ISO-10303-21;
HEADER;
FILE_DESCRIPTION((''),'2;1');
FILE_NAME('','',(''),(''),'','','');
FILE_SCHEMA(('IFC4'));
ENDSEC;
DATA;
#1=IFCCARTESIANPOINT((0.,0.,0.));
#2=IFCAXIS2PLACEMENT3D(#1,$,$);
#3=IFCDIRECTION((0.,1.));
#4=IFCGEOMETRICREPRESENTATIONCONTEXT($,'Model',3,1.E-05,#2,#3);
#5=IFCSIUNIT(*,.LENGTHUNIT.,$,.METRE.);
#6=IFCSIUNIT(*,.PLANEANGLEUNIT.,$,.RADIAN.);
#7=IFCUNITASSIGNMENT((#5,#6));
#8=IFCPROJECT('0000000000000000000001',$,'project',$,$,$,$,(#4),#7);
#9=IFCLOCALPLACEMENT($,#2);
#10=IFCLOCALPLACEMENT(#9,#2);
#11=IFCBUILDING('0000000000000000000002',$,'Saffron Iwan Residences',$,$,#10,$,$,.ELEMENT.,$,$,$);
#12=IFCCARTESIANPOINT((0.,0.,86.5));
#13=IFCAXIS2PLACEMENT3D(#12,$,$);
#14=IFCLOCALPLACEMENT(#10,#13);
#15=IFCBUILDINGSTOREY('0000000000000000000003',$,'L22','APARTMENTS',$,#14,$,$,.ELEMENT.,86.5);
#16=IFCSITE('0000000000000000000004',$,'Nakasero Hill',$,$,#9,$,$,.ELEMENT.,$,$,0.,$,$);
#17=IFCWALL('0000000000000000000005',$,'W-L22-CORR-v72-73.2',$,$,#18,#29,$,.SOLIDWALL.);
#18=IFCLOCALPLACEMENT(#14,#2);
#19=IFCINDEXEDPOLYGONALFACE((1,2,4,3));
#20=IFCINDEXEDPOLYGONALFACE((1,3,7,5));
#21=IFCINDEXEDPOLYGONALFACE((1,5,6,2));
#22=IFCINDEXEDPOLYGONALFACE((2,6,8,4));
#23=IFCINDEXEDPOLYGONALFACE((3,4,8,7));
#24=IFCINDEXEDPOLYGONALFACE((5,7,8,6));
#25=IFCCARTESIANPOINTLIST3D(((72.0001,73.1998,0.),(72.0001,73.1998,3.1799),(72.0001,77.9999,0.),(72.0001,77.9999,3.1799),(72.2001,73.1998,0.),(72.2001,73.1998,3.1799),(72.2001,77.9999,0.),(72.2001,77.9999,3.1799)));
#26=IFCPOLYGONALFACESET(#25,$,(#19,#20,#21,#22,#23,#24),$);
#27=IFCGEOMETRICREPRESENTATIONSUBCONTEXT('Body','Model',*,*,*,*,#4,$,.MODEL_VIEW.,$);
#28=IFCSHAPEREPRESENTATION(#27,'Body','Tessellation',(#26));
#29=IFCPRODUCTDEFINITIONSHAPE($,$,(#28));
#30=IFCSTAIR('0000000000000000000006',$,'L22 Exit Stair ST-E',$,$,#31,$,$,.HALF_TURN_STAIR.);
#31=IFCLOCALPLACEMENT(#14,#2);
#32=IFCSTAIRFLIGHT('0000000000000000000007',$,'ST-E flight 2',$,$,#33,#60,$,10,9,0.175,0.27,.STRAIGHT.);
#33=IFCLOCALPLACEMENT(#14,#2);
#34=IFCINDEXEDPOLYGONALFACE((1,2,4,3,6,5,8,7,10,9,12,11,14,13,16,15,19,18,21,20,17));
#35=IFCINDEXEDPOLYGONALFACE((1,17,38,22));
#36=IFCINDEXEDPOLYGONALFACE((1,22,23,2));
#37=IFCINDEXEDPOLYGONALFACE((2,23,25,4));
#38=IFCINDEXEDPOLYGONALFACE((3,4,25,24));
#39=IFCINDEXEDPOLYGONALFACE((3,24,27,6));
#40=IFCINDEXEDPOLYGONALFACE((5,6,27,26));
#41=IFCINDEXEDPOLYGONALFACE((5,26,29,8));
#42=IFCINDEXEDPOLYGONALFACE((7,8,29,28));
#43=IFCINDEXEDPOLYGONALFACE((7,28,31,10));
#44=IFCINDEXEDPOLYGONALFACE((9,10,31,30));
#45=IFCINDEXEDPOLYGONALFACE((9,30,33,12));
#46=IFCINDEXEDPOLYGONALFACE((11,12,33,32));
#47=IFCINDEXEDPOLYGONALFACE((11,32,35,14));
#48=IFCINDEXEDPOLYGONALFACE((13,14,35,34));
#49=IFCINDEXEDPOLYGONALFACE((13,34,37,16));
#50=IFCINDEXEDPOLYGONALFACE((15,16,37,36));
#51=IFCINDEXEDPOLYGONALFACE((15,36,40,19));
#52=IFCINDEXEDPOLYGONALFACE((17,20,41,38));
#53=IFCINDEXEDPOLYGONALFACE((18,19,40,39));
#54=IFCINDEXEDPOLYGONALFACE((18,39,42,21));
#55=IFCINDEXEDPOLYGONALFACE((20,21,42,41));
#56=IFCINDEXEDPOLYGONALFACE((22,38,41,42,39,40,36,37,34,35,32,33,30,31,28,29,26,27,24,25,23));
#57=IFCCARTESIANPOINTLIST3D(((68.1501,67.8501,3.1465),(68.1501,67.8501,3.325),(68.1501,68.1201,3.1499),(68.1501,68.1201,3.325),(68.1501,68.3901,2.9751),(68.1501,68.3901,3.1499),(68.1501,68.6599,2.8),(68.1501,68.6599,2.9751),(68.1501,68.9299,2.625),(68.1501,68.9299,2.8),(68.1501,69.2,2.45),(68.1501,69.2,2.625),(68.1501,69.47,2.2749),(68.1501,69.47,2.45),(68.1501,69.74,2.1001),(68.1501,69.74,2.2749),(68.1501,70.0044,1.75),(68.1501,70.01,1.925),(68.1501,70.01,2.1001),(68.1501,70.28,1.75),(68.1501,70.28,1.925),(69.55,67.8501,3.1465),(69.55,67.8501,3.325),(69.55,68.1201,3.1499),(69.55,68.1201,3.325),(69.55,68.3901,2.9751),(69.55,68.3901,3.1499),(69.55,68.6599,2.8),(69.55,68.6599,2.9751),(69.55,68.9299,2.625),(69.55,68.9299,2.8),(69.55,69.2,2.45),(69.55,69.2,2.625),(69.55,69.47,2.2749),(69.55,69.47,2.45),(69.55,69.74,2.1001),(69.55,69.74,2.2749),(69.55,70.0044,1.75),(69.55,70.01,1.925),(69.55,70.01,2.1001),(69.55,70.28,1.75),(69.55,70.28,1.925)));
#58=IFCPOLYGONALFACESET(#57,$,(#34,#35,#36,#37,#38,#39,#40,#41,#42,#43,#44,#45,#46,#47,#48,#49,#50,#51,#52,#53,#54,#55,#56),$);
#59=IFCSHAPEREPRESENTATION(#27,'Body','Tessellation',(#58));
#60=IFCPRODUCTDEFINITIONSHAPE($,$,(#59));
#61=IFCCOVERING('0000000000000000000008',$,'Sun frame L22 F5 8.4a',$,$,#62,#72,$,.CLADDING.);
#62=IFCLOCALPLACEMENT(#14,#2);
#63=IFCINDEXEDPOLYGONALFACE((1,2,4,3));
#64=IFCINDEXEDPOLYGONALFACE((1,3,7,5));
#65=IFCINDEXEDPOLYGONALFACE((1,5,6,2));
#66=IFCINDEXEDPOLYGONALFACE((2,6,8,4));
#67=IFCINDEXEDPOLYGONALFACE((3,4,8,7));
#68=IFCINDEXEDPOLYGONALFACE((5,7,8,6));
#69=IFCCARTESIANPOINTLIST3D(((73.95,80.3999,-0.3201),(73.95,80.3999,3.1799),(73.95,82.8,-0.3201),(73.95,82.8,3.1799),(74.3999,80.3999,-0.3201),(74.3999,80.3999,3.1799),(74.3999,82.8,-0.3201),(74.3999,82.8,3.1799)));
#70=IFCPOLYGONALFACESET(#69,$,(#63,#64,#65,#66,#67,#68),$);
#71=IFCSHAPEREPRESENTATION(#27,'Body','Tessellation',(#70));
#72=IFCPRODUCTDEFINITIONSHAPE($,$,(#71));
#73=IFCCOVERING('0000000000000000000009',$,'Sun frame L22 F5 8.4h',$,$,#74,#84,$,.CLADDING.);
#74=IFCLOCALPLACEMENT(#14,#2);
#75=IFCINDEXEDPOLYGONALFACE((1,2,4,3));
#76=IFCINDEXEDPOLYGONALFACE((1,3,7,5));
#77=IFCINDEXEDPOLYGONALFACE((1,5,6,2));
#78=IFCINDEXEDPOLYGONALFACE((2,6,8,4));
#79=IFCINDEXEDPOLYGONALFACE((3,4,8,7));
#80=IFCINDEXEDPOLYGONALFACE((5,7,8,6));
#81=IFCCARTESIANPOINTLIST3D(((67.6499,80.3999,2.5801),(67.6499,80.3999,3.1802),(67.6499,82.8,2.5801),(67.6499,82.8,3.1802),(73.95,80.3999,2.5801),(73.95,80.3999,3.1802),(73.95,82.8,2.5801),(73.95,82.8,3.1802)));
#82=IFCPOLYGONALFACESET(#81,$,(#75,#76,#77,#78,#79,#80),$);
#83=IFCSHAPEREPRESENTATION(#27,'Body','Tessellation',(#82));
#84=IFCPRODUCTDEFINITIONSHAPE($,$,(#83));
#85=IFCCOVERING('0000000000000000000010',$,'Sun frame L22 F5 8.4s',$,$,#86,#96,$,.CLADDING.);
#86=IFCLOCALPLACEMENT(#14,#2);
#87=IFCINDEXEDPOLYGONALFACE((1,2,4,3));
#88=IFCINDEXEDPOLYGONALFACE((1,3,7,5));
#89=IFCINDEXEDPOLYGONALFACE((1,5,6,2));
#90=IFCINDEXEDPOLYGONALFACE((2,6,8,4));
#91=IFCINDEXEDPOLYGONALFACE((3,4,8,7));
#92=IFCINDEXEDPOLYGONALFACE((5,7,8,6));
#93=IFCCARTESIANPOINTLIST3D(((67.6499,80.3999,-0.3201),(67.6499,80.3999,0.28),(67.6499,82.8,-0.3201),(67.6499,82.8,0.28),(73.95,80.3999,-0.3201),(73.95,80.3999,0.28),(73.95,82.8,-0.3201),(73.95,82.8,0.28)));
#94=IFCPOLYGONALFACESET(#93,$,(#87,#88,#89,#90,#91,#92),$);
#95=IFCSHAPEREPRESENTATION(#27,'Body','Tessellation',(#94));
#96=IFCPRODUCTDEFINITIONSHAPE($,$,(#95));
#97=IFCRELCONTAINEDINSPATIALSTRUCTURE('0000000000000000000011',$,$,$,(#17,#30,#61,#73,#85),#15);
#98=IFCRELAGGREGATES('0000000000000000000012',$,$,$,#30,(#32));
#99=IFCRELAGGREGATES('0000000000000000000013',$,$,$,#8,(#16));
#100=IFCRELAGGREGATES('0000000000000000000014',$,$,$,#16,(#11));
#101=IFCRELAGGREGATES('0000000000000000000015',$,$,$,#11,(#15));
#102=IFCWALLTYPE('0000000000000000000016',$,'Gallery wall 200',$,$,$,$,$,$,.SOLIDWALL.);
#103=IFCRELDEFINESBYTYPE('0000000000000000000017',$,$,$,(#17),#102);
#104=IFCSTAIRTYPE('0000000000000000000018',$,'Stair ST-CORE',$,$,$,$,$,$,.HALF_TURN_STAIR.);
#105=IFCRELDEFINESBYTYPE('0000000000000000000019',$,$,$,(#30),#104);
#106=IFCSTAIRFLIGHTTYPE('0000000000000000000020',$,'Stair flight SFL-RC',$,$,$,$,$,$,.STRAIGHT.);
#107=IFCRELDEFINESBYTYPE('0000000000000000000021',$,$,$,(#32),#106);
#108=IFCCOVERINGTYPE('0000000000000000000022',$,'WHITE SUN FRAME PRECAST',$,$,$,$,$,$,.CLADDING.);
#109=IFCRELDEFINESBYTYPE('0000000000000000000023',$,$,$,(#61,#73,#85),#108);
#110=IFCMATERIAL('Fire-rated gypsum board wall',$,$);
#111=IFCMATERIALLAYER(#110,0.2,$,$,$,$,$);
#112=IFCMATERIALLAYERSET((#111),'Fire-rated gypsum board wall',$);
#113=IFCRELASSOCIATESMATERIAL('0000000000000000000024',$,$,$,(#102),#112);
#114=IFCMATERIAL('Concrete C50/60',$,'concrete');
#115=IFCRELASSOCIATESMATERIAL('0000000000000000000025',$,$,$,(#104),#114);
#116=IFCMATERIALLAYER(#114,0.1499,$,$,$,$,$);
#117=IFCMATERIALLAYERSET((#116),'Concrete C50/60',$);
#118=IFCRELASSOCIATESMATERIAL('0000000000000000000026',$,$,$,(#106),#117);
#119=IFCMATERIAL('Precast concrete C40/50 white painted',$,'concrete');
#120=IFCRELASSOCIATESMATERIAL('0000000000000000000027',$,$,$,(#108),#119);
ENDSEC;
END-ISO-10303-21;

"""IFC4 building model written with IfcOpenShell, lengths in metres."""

from ifc_helpers import new_model, si_unit, direction, frame, frame_2d, origin, place, context, subcontext, project, spatial, polyline, rectangle, outline, extrude, material, layer, layer_set, type_object, element, aggregate, save


model = new_model("IFC4")

# Units and contexts
model_context = context("Model", 3, precision=1e-05, world=origin(), true_north=direction((0.0, 1.0)))
body_context = subcontext(model_context, "Body", "Model", "MODEL_VIEW")
ifc_project = project(units=[si_unit("LENGTHUNIT", "METRE"), si_unit("PLANEANGLEUNIT", "RADIAN")], contexts=[model_context])

# Site, building, storey
site_placement = place(None, origin())
site = spatial("IfcSite", under=ifc_project, at=site_placement, Name="Nakasero Hill", CompositionType="ELEMENT", RefElevation=0.0)
building_placement = place(site_placement, origin())
building = spatial("IfcBuilding", under=site, at=building_placement, Name="Saffron Iwan Residences", CompositionType="ELEMENT")
storey_placement = place(building_placement, frame((0.0, 0.0, 86.5)))
storey = spatial("IfcBuildingStorey", under=building, at=storey_placement, Name="L22", Description="APARTMENTS", CompositionType="ELEMENT", Elevation=86.5)

# Wall
ifc_material_1 = material(Name="Fire-rated gypsum board wall")
ifc_layer_1 = layer(ifc_material_1, 0.2)
ifc_layer_set_1 = layer_set([ifc_layer_1], Name="Fire-rated gypsum board wall")
wall_type_1 = type_object("IfcWallType", Name="Gallery wall 200", PredefinedType="SOLIDWALL", material=ifc_layer_set_1)
wall_1_placement = place(storey_placement, frame((72.1001, 73.2, 0.0), z_axis=(0.0, 0.0, 1.0), x_axis=(0.0, 1.0, 0.0)))
element("IfcWall", 1, at=wall_1_placement, inside=storey, type_object=wall_type_1, Name="W-L22-CORR-v72-73.2", PredefinedType="SOLIDWALL", context=body_context, shape_type="SweptSolid", body=[
    extrude(rectangle(XDim=4.8, YDim=0.2, at=frame_2d((2.3999, 0.0))), origin(), (0.0, 0.0, 1.0), 3.1799),
])

# Stair, stair flight
ifc_material_2 = material(Name="Concrete C50/60", Category="concrete")
stair_type = type_object("IfcStairType", Name="Stair ST-CORE", PredefinedType="HALF_TURN_STAIR", material=ifc_material_2)
stair_placement = place(storey_placement, origin())
stair = element("IfcStair", 2, at=stair_placement, inside=storey, type_object=stair_type, Name="L22 Exit Stair ST-E", PredefinedType="HALF_TURN_STAIR")
ifc_layer_2 = layer(ifc_material_2, 0.1499)
ifc_layer_set_2 = layer_set([ifc_layer_2], Name="Concrete C50/60")
stair_flight_type = type_object("IfcStairFlightType", Name="Stair flight SFL-RC", PredefinedType="STRAIGHT", material=ifc_layer_set_2)
stair_flight_placement = place(storey_placement, frame((68.8501, 70.28, 1.75), z_axis=(0.0, 0.0, 1.0), x_axis=(0.0, -1.0, 0.0)))
stair_flight = element("IfcStairFlight", 3, at=stair_flight_placement, type_object=stair_flight_type, Name="ST-E flight 2", NumberOfRisers=10, NumberOfTreads=9, PredefinedType="STRAIGHT", RiserHeight=0.175, TreadLength=0.27, context=body_context, shape_type="SweptSolid", body=[
    extrude(outline(polyline([(0.0, 0.0), (0.0, 0.175), (0.27, 0.175), (0.27, 0.3501), (0.54, 0.3501), (0.54, 0.5249), (0.8101, 0.5249), (0.8101, 0.7), (1.0801, 0.7), (1.0801, 0.875), (1.3501, 0.875), (1.3501, 1.05), (1.6201, 1.05), (1.6201, 1.2251), (1.8899, 1.2251), (1.8899, 1.3999), (2.1599, 1.3999), (2.1599, 1.575), (2.4299, 1.575), (2.4299, 1.75), (2.4299, 1.3965), (0.2756, 0.0), (0.0, 0.0)])), frame((0.0, 0.7, 0.0), z_axis=(0.0, -1.0, 0.0), x_axis=(1.0, 0.0, 0.0)), (0.0, 0.0, 1.0), 1.3999),
])
aggregate(stair, [stair_flight])

# Coverings
ifc_material_3 = material(Name="Precast concrete C40/50 white painted", Category="concrete")
covering_type = type_object("IfcCoveringType", Name="WHITE SUN FRAME PRECAST", PredefinedType="CLADDING", material=ifc_material_3)
covering_placement = place(storey_placement, frame((74.3999, 80.3999, -0.3201), z_axis=(0.0, 1.0, 0.0), x_axis=(-1.0, 0.0, 0.0)))
element("IfcCovering", 4, at=covering_placement, inside=storey, type_object=covering_type, Name="Sun frame L22 F5 8.4a", PredefinedType="CLADDING", context=body_context, shape_type="SweptSolid", body=[
    extrude(outline(polyline([(0.0, 0.0), (0.45, 0.0), (0.45, 3.5), (0.0, 3.5), (0.0, 0.0)])), origin(), (0.0, 0.0, 1.0), 2.4001),
])
for number, where, z_axis, x_axis, name in (
    (5, (73.95, 80.3999, 2.5801), (0.0, 1.0, 0.0), (-1.0, 0.0, 0.0), "Sun frame L22 F5 8.4h"),
    (6, (73.95, 80.3999, -0.3201), (0.0, 1.0, 0.0), (-1.0, 0.0, 0.0), "Sun frame L22 F5 8.4s"),
):
    element("IfcCovering", number, at=place(storey_placement, frame(where, z_axis=z_axis, x_axis=x_axis)), inside=storey, type_object=covering_type, Name=name, PredefinedType="CLADDING", context=body_context, shape_type="SweptSolid", body=[
        extrude(outline(polyline([(0.0, 0.0), (6.3, 0.0), (6.3, 0.6001), (0.0, 0.6001), (0.0, 0.0)])), origin(), (0.0, 0.0, 1.0), 2.4001),
    ])

save(model, "model.ifc")
